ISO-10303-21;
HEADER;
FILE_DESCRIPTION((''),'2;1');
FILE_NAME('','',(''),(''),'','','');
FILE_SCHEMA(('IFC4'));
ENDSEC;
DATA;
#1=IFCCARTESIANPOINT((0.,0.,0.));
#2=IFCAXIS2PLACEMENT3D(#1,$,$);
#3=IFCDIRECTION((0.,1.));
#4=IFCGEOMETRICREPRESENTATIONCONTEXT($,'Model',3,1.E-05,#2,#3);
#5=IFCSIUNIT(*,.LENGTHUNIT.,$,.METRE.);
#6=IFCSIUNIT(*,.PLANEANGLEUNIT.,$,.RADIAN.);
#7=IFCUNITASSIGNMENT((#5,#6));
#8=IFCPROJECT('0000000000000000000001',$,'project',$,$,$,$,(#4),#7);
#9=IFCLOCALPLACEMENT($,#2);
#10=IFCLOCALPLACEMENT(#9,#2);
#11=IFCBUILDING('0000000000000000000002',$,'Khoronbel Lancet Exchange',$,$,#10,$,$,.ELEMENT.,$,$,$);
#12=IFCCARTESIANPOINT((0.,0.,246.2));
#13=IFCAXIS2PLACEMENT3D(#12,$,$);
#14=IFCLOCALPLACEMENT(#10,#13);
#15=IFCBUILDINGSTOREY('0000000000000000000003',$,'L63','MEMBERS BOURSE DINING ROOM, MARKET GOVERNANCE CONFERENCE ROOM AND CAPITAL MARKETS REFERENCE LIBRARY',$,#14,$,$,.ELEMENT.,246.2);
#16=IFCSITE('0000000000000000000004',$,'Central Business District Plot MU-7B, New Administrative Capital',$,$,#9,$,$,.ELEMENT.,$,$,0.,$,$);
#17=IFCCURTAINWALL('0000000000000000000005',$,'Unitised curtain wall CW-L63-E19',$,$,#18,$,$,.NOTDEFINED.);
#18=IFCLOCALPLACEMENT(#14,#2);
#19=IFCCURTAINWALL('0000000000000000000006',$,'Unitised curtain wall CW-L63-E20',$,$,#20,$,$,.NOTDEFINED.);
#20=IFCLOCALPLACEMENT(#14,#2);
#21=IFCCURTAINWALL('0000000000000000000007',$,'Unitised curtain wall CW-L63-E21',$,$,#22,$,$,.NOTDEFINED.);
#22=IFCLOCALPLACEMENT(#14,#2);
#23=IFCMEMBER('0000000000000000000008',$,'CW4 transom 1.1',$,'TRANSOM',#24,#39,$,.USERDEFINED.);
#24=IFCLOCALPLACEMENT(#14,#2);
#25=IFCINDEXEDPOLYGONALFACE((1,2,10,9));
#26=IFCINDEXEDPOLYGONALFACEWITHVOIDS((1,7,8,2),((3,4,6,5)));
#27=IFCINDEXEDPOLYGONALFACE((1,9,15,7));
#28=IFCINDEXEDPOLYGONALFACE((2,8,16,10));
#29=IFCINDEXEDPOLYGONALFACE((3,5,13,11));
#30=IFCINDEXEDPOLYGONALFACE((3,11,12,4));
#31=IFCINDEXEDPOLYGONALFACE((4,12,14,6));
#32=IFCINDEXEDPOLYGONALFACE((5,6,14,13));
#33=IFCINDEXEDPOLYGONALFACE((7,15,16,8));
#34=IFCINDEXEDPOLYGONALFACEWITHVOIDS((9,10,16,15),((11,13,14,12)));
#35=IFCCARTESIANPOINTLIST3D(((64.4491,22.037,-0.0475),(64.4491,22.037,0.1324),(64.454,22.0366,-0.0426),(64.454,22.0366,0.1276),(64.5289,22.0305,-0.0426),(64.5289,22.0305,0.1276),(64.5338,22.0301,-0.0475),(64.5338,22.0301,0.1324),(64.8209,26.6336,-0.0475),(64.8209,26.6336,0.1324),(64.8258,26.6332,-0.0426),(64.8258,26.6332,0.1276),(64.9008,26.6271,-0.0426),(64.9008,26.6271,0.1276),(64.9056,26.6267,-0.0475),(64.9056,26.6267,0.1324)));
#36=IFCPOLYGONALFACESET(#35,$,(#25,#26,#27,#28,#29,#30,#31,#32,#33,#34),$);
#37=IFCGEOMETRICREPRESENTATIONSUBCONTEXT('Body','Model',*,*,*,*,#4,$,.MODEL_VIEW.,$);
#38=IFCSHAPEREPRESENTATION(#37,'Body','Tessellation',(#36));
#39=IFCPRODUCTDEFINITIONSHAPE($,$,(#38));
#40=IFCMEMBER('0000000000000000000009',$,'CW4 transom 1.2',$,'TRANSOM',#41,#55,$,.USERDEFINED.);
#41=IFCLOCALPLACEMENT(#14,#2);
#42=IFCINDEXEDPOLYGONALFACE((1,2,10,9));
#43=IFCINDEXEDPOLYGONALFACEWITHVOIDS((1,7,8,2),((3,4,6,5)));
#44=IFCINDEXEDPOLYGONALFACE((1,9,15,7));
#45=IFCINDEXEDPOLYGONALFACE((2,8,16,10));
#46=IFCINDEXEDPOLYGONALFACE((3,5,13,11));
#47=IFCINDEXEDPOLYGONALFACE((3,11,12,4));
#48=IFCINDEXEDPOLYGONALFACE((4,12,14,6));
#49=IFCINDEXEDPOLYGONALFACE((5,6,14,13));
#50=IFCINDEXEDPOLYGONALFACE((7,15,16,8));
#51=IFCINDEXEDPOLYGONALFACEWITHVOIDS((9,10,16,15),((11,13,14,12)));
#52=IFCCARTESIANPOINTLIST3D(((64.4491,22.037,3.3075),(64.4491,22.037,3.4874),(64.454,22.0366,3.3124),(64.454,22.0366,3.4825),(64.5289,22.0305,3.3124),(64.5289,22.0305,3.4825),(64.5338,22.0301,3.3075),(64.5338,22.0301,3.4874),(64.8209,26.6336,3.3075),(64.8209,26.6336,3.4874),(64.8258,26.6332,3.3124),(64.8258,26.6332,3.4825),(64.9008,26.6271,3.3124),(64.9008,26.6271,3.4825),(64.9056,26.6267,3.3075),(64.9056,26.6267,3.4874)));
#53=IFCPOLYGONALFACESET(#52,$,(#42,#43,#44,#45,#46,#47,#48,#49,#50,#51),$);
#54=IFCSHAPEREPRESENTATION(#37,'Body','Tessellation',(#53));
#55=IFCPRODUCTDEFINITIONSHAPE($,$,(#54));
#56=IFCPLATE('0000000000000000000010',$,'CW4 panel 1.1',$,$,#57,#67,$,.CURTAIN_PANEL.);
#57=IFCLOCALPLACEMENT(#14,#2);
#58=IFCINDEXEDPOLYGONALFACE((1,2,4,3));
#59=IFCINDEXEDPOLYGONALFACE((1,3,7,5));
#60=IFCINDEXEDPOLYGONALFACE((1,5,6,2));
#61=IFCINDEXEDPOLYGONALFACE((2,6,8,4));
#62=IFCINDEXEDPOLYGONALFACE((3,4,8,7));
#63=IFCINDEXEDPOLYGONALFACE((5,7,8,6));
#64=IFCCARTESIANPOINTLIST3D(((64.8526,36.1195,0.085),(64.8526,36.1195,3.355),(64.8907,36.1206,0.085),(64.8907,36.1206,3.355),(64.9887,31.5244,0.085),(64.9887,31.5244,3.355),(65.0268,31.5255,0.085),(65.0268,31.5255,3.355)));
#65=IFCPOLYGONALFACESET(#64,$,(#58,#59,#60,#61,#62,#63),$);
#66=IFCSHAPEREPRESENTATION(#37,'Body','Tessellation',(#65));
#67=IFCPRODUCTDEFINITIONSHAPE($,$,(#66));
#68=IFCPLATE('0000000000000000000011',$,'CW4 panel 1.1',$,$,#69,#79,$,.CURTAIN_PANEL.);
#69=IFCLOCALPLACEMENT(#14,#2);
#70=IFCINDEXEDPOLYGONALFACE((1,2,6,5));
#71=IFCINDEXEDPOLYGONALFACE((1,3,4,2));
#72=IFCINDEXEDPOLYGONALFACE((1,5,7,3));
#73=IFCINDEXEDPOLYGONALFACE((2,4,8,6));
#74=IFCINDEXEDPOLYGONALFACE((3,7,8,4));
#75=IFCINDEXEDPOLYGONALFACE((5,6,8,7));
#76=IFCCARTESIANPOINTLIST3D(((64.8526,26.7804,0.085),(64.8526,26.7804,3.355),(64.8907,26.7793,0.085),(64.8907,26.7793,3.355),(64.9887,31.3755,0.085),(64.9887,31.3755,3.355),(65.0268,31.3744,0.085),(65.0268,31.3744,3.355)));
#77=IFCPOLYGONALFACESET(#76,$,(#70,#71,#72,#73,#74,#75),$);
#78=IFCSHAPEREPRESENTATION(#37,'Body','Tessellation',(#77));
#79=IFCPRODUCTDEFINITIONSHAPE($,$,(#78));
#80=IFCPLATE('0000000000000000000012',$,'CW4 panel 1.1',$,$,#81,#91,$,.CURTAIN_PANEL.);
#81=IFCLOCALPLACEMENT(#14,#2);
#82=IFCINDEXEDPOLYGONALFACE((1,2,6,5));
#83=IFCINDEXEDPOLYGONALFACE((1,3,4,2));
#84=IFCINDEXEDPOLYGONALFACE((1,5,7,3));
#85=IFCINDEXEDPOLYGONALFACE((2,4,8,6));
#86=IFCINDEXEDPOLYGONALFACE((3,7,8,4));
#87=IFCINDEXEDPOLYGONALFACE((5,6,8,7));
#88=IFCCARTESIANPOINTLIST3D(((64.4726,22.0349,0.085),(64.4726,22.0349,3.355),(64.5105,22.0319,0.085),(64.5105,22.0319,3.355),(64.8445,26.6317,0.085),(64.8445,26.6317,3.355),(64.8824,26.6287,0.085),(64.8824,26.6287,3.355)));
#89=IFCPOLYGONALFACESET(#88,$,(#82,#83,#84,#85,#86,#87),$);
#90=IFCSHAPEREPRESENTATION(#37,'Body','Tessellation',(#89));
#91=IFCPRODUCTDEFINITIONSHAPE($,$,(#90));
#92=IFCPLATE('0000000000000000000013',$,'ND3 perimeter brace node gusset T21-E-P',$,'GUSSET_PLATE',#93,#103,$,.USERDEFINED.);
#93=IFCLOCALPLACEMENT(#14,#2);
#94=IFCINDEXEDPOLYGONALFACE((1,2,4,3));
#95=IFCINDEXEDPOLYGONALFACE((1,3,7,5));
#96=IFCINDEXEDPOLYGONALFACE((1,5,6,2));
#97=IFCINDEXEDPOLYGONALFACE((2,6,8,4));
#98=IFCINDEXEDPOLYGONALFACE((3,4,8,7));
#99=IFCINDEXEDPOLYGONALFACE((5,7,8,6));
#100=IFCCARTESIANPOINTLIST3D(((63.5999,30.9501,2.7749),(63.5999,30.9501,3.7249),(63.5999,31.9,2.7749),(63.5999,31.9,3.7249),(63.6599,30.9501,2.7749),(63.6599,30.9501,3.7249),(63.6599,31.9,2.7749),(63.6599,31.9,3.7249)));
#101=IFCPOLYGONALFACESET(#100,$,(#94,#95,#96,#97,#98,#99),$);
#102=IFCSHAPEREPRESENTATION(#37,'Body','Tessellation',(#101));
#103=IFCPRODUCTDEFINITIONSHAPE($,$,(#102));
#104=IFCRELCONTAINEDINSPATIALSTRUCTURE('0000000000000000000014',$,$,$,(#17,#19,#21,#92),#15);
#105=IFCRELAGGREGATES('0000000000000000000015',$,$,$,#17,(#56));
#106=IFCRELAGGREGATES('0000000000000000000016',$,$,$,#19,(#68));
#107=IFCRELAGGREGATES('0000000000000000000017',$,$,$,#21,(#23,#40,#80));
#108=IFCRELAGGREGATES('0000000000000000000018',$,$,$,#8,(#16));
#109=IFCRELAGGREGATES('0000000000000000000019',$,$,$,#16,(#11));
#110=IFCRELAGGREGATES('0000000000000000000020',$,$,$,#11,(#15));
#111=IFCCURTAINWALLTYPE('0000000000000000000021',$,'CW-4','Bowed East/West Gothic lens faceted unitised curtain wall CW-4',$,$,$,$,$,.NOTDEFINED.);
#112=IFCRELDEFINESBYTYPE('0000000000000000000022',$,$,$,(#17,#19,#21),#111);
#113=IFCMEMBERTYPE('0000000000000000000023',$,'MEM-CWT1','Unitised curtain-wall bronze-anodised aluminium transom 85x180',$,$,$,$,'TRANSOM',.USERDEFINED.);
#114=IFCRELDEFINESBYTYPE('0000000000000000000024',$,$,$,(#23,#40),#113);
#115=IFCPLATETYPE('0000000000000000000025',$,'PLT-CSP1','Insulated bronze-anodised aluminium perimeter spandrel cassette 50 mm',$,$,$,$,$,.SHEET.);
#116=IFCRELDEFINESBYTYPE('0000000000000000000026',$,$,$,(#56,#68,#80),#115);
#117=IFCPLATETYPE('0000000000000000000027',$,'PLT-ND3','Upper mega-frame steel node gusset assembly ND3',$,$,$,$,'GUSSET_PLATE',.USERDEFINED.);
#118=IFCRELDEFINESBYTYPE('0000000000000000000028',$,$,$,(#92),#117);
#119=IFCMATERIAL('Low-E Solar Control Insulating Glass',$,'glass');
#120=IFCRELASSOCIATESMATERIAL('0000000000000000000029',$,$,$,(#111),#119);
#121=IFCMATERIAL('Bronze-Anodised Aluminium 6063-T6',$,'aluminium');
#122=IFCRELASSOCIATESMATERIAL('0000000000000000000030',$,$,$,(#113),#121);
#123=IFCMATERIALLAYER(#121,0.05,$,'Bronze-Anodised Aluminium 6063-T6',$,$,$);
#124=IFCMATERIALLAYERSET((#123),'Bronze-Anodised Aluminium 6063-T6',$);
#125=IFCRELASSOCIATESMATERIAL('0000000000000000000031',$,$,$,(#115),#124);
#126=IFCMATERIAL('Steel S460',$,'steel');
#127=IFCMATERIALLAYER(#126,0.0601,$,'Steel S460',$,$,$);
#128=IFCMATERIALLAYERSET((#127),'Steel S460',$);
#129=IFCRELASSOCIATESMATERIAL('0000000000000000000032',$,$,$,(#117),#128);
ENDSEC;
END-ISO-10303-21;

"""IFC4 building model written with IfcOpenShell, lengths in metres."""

from ifc_helpers import new_model, si_unit, direction, frame, origin, origin_2d, place, context, subcontext, project, spatial, rectangle, hollow_rectangle, extrude, material, layer, layer_set, material_profile, profile_set, type_object, element, aggregate, save


model = new_model("IFC4")

# Units and contexts
model_context = context("Model", 3, precision=1e-05, world=origin(), true_north=direction((0.0, 1.0)))
body_context = subcontext(model_context, "Body", "Model", "MODEL_VIEW")
ifc_project = project(units=[si_unit("LENGTHUNIT", "METRE"), si_unit("PLANEANGLEUNIT", "RADIAN")], contexts=[model_context])

# Site, building, storey
site_placement = place(None, origin())
site = spatial("IfcSite", under=ifc_project, at=site_placement, Name="Central Business District Plot MU-7B, New Administrative Capital", CompositionType="ELEMENT", RefElevation=0.0)
building_placement = place(site_placement, origin())
building = spatial("IfcBuilding", under=site, at=building_placement, Name="Khoronbel Lancet Exchange", CompositionType="ELEMENT")
storey_placement = place(building_placement, frame((0.0, 0.0, 246.2)))
storey = spatial("IfcBuildingStorey", under=building, at=storey_placement, Name="L63", Description="MEMBERS BOURSE DINING ROOM, MARKET GOVERNANCE CONFERENCE ROOM AND CAPITAL MARKETS REFERENCE LIBRARY", CompositionType="ELEMENT", Elevation=246.2)

# Curtain wall
ifc_material_1 = material(Name="Low-E Solar Control Insulating Glass", Category="glass")
curtain_wall_type = type_object("IfcCurtainWallType", Name="CW-4", Description="Bowed East/West Gothic lens faceted unitised curtain wall CW-4", PredefinedType="NOTDEFINED", material=ifc_material_1)
curtain_wall_1_placement = place(storey_placement, origin())
curtain_wall_1 = element("IfcCurtainWall", 1, at=curtain_wall_1_placement, inside=storey, type_object=curtain_wall_type, Name="Unitised curtain wall CW-L63-E19", PredefinedType="NOTDEFINED")
ifc_material_2 = material(Name="Bronze-Anodised Aluminium 6063-T6", Category="aluminium")

# Curtain walls
curtain_wall_2_placement = place(storey_placement, origin())
curtain_wall_2 = element("IfcCurtainWall", 2, at=curtain_wall_2_placement, inside=storey, type_object=curtain_wall_type, Name="Unitised curtain wall CW-L63-E20", PredefinedType="NOTDEFINED")
curtain_wall_3_placement = place(storey_placement, origin())
curtain_wall_3 = element("IfcCurtainWall", 3, at=curtain_wall_3_placement, inside=storey, type_object=curtain_wall_type, Name="Unitised curtain wall CW-L63-E21", PredefinedType="NOTDEFINED")

# Members
ifc_material_profile_1 = material_profile(ifc_material_2, hollow_rectangle(XDim=0.085, YDim=0.1799, WallThickness=0.0049, at=origin_2d()), Name="ALU TRANSOM 85x180")
ifc_profile_set_1 = profile_set([ifc_material_profile_1], Name="Bronze-Anodised Aluminium 6063-T6")
member_type_1 = type_object("IfcMemberType", Name="MEM-CWT1", Description="Unitised curtain-wall bronze-anodised aluminium transom 85x180", ElementType="TRANSOM", PredefinedType="USERDEFINED", material=ifc_profile_set_1)
member_1_placement = place(storey_placement, frame((64.8633, 26.6301, 0.0425), z_axis=(-0.080627, -0.996744, 0.0), x_axis=(0.996744, -0.080627, 0.0)))
member_1 = element("IfcMember", 4, at=member_1_placement, type_object=member_type_1, Name="CW4 transom 1.1", ObjectType="TRANSOM", PredefinedType="USERDEFINED", context=body_context, shape_type="SweptSolid", body=[
    extrude(hollow_rectangle(XDim=0.085, YDim=0.1799, WallThickness=0.0049, at=origin_2d()), origin(), (0.0, 0.0, 1.0), 4.6116),
])
member_2_placement = place(storey_placement, frame((64.8633, 26.6301, 3.3975), z_axis=(-0.080627, -0.996744, 0.0), x_axis=(0.996744, -0.080627, 0.0)))
member_2 = element("IfcMember", 5, at=member_2_placement, type_object=member_type_1, Name="CW4 transom 1.2", ObjectType="TRANSOM", PredefinedType="USERDEFINED", context=body_context, shape_type="SweptSolid", body=[
    extrude(hollow_rectangle(XDim=0.085, YDim=0.1799, WallThickness=0.0049, at=origin_2d()), origin(), (0.0, 0.0, 1.0), 4.6116),
])

# Plates
ifc_layer_1 = layer(ifc_material_2, 0.05, Name="Bronze-Anodised Aluminium 6063-T6")
ifc_layer_set_1 = layer_set([ifc_layer_1], Name="Bronze-Anodised Aluminium 6063-T6")
plate_type_1 = type_object("IfcPlateType", Name="PLT-CSP1", Description="Insulated bronze-anodised aluminium perimeter spandrel cassette 50 mm", PredefinedType="SHEET", material=ifc_layer_set_1)
plate_1_placement = place(storey_placement, frame((64.9397, 33.8225, 0.085), z_axis=(0.0, 0.0, 1.0), x_axis=(0.029618, -0.999561, 0.0)))
plate_1 = element("IfcPlate", 6, at=plate_1_placement, type_object=plate_type_1, Name="CW4 panel 1.1", PredefinedType="CURTAIN_PANEL", context=body_context, shape_type="SweptSolid", body=[
    extrude(rectangle(XDim=4.5972, YDim=0.0381, at=origin_2d()), origin(), (0.0, 0.0, 1.0), 3.27),
])
aggregate(curtain_wall_1, [plate_1])
plate_2_placement = place(storey_placement, frame((64.9397, 29.0774, 0.085), z_axis=(0.0, 0.0, 1.0), x_axis=(-0.029618, -0.999561, 0.0)))
plate_2 = element("IfcPlate", 7, at=plate_2_placement, type_object=plate_type_1, Name="CW4 panel 1.1", PredefinedType="CURTAIN_PANEL", context=body_context, shape_type="SweptSolid", body=[
    extrude(rectangle(XDim=4.5972, YDim=0.0381, at=origin_2d()), origin(), (0.0, 0.0, 1.0), 3.27),
])
aggregate(curtain_wall_2, [plate_2])
plate_3_placement = place(storey_placement, frame((64.6775, 24.3318, 0.085), z_axis=(0.0, 0.0, 1.0), x_axis=(-0.08064, -0.996743, 0.0)))
plate_3 = element("IfcPlate", 8, at=plate_3_placement, type_object=plate_type_1, Name="CW4 panel 1.1", PredefinedType="CURTAIN_PANEL", context=body_context, shape_type="SweptSolid", body=[
    extrude(rectangle(XDim=4.6118, YDim=0.0381, at=origin_2d()), origin(), (0.0, 0.0, 1.0), 3.27),
])
aggregate(curtain_wall_3, [member_1, member_2, plate_3])
ifc_material_3 = material(Name="Steel S460", Category="steel")
ifc_layer_2 = layer(ifc_material_3, 0.0601, Name="Steel S460")
ifc_layer_set_2 = layer_set([ifc_layer_2], Name="Steel S460")
plate_type_2 = type_object("IfcPlateType", Name="PLT-ND3", Description="Upper mega-frame steel node gusset assembly ND3", ElementType="GUSSET_PLATE", PredefinedType="USERDEFINED", material=ifc_layer_set_2)
plate_4_placement = place(storey_placement, frame((63.6299, 31.425, 2.7749), z_axis=(0.0, 0.0, 1.0), x_axis=(0.0, 1.0, 0.0)))
element("IfcPlate", 9, at=plate_4_placement, inside=storey, type_object=plate_type_2, Name="ND3 perimeter brace node gusset T21-E-P", ObjectType="GUSSET_PLATE", PredefinedType="USERDEFINED", context=body_context, shape_type="SweptSolid", body=[
    extrude(rectangle(XDim=0.95, YDim=0.0601, at=origin_2d()), origin(), (0.0, 0.0, 1.0), 0.95),
])

save(model, "model.ifc")
